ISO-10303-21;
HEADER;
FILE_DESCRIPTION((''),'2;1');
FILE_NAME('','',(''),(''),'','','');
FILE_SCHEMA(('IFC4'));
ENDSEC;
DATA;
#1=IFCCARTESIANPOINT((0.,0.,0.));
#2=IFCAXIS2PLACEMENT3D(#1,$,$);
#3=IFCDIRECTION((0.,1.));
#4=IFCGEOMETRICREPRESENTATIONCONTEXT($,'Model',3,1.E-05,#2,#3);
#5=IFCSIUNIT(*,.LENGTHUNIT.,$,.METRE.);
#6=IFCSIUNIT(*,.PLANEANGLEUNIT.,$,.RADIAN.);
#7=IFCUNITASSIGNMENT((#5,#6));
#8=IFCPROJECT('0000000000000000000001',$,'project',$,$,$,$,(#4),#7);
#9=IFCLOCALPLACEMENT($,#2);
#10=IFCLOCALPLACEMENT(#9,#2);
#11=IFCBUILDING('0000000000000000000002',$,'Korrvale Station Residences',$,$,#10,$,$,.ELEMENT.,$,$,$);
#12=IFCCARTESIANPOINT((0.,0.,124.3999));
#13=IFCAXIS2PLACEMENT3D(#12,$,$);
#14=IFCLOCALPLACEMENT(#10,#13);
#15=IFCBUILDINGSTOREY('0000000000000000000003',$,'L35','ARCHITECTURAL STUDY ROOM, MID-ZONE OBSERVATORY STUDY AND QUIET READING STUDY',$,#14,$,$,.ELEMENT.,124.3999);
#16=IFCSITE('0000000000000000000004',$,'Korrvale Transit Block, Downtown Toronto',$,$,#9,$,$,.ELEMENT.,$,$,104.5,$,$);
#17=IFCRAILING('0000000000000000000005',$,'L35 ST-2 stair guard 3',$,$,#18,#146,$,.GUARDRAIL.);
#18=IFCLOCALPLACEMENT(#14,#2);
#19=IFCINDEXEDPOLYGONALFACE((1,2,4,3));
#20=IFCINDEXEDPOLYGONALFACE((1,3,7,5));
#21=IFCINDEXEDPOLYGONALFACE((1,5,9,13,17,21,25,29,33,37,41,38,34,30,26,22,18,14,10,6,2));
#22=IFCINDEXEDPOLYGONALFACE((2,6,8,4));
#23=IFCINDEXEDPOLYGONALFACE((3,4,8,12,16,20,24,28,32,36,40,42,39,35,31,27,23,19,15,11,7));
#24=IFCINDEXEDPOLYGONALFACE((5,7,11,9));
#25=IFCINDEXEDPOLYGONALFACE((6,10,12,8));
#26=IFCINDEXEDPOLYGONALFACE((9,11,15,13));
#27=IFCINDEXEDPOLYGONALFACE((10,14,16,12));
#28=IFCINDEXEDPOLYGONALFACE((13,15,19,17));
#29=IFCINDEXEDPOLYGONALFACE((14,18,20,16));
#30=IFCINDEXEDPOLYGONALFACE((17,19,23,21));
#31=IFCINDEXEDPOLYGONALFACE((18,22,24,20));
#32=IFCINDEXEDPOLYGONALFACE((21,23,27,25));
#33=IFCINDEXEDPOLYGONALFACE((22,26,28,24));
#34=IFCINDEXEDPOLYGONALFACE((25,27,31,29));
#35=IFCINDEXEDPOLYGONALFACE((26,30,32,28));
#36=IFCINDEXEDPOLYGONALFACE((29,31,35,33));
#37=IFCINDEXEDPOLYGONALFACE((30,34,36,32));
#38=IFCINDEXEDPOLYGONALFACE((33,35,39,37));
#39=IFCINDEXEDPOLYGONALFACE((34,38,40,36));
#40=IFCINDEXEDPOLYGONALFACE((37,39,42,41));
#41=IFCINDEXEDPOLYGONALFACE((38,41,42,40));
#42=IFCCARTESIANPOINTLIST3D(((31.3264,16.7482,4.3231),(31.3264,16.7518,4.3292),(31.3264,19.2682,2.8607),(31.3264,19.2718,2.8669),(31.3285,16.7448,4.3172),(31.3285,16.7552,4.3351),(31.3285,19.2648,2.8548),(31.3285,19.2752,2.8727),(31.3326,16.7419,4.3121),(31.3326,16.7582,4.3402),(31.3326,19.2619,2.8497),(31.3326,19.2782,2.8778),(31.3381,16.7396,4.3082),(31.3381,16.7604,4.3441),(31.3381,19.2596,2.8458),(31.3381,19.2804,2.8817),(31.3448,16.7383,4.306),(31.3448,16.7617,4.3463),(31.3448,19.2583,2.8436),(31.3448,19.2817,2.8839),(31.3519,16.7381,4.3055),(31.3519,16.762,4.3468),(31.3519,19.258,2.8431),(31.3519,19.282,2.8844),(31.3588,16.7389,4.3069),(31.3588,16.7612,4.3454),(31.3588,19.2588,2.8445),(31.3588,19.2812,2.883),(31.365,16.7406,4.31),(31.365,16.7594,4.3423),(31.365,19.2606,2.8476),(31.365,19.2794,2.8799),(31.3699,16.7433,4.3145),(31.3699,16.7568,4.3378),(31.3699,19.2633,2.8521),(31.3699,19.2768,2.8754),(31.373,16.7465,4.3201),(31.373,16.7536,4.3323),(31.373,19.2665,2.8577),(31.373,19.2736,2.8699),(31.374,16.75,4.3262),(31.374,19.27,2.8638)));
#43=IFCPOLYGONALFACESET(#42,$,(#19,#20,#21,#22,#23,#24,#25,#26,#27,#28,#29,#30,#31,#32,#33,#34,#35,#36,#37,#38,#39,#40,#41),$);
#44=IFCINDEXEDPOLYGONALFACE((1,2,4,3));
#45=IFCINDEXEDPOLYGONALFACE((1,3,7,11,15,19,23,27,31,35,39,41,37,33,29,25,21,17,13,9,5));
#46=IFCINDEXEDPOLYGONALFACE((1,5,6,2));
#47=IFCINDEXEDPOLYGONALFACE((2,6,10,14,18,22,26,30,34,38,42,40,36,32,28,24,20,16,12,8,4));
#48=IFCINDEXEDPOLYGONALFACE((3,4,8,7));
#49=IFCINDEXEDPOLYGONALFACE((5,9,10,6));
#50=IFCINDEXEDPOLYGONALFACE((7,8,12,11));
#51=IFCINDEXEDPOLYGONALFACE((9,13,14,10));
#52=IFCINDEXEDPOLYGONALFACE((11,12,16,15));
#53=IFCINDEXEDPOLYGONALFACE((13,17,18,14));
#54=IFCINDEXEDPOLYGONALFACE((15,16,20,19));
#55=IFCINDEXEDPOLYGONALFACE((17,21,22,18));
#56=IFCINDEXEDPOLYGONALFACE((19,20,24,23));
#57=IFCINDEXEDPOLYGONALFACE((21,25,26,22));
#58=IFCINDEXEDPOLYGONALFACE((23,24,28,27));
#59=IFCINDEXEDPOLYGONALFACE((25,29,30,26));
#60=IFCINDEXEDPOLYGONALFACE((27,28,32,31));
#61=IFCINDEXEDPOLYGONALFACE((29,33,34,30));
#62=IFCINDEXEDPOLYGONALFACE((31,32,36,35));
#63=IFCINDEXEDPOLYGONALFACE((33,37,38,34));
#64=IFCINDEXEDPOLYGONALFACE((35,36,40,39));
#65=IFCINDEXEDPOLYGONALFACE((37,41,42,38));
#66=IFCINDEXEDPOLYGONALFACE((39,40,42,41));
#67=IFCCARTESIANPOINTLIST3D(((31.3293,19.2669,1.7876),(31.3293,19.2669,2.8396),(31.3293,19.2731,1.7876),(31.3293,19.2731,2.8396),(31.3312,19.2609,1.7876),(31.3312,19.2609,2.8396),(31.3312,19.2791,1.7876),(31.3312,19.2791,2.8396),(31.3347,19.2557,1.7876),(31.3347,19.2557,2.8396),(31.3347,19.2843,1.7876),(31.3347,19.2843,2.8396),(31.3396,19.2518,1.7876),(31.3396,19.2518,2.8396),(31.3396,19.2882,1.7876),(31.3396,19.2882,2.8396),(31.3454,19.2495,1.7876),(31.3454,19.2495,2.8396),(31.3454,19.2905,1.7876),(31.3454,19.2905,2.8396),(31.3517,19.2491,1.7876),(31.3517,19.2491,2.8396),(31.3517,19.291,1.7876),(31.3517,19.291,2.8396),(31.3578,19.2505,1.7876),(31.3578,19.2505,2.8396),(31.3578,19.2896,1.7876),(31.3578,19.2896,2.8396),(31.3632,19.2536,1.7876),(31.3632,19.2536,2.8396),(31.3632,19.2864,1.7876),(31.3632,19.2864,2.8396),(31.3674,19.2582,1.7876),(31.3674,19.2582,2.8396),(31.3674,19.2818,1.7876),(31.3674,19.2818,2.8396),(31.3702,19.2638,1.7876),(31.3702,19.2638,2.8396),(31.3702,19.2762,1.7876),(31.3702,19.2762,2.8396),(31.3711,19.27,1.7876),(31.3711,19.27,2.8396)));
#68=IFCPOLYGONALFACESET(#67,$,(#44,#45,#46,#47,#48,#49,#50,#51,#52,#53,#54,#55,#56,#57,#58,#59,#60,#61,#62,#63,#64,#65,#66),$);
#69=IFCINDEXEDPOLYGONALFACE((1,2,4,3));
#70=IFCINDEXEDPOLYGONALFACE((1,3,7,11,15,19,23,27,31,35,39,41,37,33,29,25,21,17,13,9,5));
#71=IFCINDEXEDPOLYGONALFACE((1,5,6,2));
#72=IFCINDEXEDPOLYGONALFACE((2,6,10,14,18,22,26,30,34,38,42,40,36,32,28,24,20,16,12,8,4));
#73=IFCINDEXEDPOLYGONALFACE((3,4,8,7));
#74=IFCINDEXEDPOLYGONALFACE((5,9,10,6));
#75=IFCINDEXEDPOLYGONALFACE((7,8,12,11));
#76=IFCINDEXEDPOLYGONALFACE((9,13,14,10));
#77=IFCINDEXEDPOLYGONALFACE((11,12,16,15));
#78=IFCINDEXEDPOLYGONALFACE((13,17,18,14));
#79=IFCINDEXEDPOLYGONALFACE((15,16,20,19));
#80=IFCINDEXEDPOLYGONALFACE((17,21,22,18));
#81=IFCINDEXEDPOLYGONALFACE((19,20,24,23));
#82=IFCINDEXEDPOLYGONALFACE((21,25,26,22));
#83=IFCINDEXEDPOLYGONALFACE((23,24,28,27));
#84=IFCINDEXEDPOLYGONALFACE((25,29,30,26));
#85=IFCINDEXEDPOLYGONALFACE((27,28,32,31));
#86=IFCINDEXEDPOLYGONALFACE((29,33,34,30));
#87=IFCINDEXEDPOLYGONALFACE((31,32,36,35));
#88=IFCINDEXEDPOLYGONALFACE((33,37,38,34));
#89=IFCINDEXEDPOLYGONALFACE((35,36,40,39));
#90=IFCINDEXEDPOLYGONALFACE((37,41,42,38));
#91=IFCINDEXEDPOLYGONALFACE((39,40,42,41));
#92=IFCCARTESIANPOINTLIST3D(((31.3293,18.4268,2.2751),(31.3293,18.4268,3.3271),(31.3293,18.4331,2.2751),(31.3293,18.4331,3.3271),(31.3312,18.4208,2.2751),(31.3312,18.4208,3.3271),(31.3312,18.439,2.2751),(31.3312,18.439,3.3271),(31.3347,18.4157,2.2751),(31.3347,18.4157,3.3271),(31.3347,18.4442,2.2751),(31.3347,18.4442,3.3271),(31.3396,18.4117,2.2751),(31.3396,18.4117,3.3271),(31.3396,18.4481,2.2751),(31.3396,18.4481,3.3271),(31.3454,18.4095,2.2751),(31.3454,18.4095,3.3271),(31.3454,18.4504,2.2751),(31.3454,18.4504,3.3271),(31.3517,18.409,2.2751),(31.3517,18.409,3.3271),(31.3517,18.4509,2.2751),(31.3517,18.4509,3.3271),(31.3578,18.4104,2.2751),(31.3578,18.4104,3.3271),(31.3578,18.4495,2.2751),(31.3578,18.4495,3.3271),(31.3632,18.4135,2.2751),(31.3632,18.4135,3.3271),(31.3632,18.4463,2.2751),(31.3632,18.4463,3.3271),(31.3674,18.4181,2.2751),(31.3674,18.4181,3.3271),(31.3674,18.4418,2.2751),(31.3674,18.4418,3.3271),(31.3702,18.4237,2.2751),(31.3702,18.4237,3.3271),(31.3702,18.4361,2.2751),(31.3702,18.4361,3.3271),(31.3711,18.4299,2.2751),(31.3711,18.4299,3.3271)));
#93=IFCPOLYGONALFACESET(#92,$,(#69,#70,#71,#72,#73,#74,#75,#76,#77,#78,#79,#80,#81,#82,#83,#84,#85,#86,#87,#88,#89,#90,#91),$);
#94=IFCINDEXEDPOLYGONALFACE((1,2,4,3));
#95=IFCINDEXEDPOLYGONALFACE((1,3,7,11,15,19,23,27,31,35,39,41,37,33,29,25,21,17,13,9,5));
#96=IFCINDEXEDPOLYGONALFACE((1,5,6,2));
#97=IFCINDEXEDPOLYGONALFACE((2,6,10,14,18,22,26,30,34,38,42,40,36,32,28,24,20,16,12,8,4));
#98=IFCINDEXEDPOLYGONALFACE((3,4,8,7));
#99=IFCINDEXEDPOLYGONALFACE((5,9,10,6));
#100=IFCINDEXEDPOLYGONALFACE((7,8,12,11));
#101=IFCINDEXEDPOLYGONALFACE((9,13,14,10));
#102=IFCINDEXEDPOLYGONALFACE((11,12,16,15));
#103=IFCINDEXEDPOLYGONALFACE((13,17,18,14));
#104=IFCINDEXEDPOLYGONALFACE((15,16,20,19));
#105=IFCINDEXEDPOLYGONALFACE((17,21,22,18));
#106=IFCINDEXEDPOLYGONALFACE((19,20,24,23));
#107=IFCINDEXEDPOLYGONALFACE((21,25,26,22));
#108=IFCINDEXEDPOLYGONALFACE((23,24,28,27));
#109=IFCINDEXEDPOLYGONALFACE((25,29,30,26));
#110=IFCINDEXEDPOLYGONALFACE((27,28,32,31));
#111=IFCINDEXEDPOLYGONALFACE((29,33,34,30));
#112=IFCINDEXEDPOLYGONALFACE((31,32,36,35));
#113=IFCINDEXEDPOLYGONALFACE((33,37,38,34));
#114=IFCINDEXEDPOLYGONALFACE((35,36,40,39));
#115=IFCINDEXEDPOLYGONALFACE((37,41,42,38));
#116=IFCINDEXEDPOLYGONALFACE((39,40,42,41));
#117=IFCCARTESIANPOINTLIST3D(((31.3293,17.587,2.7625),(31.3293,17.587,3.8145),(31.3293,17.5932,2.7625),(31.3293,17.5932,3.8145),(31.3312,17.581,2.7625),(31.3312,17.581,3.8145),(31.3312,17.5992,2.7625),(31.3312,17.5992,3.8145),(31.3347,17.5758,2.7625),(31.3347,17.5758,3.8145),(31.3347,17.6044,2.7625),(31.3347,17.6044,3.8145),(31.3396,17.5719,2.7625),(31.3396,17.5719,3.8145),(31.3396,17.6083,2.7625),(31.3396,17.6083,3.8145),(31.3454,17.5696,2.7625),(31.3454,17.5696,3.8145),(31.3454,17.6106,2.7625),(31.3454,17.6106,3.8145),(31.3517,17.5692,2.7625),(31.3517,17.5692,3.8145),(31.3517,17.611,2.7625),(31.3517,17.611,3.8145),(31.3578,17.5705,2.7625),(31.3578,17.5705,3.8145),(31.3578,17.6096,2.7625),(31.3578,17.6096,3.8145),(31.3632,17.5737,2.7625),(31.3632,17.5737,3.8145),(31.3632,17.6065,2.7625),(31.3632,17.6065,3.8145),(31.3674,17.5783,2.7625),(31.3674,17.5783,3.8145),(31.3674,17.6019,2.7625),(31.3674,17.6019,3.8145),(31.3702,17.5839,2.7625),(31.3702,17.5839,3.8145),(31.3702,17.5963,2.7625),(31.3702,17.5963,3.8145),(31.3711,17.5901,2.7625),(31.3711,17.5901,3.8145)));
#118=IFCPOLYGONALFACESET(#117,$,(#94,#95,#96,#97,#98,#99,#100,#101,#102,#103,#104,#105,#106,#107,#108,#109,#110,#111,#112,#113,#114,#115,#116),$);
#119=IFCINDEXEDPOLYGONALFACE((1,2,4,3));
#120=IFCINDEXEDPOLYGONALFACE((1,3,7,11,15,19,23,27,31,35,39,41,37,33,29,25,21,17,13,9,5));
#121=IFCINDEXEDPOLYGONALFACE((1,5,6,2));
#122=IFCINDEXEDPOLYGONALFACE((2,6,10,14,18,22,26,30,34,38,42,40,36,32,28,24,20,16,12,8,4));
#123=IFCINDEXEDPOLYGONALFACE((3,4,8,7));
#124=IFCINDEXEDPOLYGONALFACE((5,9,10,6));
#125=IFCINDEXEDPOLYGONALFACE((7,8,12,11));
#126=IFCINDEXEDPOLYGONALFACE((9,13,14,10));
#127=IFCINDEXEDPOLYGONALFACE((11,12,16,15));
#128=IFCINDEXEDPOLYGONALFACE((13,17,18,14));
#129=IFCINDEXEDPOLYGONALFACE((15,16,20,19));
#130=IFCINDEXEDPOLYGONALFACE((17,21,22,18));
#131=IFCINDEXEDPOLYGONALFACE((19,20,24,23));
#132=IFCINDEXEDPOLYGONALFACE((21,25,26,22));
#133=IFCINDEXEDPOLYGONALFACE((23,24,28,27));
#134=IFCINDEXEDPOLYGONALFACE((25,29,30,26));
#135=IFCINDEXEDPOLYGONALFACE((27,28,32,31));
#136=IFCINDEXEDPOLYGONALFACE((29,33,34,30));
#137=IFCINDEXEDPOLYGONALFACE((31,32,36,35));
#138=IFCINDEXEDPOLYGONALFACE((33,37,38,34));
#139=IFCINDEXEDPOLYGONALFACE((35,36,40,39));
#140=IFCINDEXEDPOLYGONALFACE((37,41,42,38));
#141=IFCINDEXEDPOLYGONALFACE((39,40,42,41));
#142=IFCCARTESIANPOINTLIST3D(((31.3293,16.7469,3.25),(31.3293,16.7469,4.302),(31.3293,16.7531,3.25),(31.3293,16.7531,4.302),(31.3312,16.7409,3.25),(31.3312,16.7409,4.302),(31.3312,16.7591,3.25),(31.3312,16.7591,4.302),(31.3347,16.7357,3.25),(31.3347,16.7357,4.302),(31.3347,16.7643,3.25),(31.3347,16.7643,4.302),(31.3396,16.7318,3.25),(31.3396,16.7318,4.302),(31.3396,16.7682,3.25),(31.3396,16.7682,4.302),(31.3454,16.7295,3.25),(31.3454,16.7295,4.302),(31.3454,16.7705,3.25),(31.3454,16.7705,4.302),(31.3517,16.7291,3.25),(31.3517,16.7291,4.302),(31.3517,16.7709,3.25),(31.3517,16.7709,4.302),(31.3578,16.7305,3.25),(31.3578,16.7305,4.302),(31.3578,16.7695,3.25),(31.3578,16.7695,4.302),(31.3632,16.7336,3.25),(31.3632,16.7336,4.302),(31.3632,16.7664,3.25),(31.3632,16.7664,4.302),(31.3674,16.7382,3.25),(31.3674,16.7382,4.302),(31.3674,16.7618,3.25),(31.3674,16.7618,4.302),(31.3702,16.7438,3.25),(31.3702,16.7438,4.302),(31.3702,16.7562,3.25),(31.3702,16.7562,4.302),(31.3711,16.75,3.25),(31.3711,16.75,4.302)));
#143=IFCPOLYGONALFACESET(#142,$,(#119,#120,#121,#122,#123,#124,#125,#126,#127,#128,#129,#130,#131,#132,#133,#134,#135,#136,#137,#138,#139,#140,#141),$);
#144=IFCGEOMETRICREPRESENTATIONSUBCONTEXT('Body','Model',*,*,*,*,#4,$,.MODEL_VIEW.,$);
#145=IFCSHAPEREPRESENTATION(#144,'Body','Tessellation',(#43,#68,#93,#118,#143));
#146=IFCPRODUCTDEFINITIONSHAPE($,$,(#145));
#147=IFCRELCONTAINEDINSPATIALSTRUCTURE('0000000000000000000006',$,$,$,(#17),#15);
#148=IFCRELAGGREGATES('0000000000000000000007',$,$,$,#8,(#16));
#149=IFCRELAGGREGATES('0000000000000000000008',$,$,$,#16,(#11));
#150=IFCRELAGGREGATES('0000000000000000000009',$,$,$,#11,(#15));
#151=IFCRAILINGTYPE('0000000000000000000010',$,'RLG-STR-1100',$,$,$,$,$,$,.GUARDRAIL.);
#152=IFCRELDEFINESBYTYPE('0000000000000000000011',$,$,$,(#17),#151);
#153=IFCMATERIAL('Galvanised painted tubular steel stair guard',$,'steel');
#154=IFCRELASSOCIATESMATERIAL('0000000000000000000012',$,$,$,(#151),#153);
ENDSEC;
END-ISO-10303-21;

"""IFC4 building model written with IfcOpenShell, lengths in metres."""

from ifc_helpers import new_model, si_unit, direction, frame, origin, origin_2d, place, context, subcontext, project, spatial, circle, extrude, material, type_object, element, save


model = new_model("IFC4")

# Units and contexts
model_context = context("Model", 3, precision=1e-05, world=origin(), true_north=direction((0.0, 1.0)))
body_context = subcontext(model_context, "Body", "Model", "MODEL_VIEW")
ifc_project = project(units=[si_unit("LENGTHUNIT", "METRE"), si_unit("PLANEANGLEUNIT", "RADIAN")], contexts=[model_context])

# Site, building, storey
site_placement = place(None, origin())
site = spatial("IfcSite", under=ifc_project, at=site_placement, Name="Korrvale Transit Block, Downtown Toronto", CompositionType="ELEMENT", RefElevation=104.5)
building_placement = place(site_placement, origin())
building = spatial("IfcBuilding", under=site, at=building_placement, Name="Korrvale Station Residences", CompositionType="ELEMENT")
storey_placement = place(building_placement, frame((0.0, 0.0, 124.3999)))
storey = spatial("IfcBuildingStorey", under=building, at=storey_placement, Name="L35", Description="ARCHITECTURAL STUDY ROOM, MID-ZONE OBSERVATORY STUDY AND QUIET READING STUDY", CompositionType="ELEMENT", Elevation=124.3999)

# Railing
ifc_material_1 = material(Name="Galvanised painted tubular steel stair guard", Category="steel")
railing_type_1 = type_object("IfcRailingType", Name="RLG-STR-1100", PredefinedType="GUARDRAIL", material=ifc_material_1)
railing_1_placement = place(storey_placement, frame((31.3501, 19.27, 1.7876)))
element("IfcRailing", 1, at=railing_1_placement, inside=storey, type_object=railing_type_1, Name="L35 ST-2 stair guard 3", PredefinedType="GUARDRAIL", context=body_context, shape_type="SweptSolid", body=[
    extrude(circle(Radius=0.0239, at=origin_2d()), frame((0.0, 0.0, 1.0762), z_axis=(0.0, -0.864913, 0.501921), x_axis=(1.0, 0.0, 0.0)), (0.0, 0.0, 1.0), 2.9136),
    extrude(circle(Radius=0.021, at=origin_2d()), origin(), (0.0, 0.0, 1.0), 1.052),
    extrude(circle(Radius=0.021, at=origin_2d()), frame((0.0, -0.8401, 0.4875)), (0.0, 0.0, 1.0), 1.052),
    extrude(circle(Radius=0.021, at=origin_2d()), frame((0.0, -1.6799, 0.9749)), (0.0, 0.0, 1.0), 1.052),
    extrude(circle(Radius=0.021, at=origin_2d()), frame((0.0, -2.52, 1.4624)), (0.0, 0.0, 1.0), 1.052),
])

save(model, "model.ifc")
